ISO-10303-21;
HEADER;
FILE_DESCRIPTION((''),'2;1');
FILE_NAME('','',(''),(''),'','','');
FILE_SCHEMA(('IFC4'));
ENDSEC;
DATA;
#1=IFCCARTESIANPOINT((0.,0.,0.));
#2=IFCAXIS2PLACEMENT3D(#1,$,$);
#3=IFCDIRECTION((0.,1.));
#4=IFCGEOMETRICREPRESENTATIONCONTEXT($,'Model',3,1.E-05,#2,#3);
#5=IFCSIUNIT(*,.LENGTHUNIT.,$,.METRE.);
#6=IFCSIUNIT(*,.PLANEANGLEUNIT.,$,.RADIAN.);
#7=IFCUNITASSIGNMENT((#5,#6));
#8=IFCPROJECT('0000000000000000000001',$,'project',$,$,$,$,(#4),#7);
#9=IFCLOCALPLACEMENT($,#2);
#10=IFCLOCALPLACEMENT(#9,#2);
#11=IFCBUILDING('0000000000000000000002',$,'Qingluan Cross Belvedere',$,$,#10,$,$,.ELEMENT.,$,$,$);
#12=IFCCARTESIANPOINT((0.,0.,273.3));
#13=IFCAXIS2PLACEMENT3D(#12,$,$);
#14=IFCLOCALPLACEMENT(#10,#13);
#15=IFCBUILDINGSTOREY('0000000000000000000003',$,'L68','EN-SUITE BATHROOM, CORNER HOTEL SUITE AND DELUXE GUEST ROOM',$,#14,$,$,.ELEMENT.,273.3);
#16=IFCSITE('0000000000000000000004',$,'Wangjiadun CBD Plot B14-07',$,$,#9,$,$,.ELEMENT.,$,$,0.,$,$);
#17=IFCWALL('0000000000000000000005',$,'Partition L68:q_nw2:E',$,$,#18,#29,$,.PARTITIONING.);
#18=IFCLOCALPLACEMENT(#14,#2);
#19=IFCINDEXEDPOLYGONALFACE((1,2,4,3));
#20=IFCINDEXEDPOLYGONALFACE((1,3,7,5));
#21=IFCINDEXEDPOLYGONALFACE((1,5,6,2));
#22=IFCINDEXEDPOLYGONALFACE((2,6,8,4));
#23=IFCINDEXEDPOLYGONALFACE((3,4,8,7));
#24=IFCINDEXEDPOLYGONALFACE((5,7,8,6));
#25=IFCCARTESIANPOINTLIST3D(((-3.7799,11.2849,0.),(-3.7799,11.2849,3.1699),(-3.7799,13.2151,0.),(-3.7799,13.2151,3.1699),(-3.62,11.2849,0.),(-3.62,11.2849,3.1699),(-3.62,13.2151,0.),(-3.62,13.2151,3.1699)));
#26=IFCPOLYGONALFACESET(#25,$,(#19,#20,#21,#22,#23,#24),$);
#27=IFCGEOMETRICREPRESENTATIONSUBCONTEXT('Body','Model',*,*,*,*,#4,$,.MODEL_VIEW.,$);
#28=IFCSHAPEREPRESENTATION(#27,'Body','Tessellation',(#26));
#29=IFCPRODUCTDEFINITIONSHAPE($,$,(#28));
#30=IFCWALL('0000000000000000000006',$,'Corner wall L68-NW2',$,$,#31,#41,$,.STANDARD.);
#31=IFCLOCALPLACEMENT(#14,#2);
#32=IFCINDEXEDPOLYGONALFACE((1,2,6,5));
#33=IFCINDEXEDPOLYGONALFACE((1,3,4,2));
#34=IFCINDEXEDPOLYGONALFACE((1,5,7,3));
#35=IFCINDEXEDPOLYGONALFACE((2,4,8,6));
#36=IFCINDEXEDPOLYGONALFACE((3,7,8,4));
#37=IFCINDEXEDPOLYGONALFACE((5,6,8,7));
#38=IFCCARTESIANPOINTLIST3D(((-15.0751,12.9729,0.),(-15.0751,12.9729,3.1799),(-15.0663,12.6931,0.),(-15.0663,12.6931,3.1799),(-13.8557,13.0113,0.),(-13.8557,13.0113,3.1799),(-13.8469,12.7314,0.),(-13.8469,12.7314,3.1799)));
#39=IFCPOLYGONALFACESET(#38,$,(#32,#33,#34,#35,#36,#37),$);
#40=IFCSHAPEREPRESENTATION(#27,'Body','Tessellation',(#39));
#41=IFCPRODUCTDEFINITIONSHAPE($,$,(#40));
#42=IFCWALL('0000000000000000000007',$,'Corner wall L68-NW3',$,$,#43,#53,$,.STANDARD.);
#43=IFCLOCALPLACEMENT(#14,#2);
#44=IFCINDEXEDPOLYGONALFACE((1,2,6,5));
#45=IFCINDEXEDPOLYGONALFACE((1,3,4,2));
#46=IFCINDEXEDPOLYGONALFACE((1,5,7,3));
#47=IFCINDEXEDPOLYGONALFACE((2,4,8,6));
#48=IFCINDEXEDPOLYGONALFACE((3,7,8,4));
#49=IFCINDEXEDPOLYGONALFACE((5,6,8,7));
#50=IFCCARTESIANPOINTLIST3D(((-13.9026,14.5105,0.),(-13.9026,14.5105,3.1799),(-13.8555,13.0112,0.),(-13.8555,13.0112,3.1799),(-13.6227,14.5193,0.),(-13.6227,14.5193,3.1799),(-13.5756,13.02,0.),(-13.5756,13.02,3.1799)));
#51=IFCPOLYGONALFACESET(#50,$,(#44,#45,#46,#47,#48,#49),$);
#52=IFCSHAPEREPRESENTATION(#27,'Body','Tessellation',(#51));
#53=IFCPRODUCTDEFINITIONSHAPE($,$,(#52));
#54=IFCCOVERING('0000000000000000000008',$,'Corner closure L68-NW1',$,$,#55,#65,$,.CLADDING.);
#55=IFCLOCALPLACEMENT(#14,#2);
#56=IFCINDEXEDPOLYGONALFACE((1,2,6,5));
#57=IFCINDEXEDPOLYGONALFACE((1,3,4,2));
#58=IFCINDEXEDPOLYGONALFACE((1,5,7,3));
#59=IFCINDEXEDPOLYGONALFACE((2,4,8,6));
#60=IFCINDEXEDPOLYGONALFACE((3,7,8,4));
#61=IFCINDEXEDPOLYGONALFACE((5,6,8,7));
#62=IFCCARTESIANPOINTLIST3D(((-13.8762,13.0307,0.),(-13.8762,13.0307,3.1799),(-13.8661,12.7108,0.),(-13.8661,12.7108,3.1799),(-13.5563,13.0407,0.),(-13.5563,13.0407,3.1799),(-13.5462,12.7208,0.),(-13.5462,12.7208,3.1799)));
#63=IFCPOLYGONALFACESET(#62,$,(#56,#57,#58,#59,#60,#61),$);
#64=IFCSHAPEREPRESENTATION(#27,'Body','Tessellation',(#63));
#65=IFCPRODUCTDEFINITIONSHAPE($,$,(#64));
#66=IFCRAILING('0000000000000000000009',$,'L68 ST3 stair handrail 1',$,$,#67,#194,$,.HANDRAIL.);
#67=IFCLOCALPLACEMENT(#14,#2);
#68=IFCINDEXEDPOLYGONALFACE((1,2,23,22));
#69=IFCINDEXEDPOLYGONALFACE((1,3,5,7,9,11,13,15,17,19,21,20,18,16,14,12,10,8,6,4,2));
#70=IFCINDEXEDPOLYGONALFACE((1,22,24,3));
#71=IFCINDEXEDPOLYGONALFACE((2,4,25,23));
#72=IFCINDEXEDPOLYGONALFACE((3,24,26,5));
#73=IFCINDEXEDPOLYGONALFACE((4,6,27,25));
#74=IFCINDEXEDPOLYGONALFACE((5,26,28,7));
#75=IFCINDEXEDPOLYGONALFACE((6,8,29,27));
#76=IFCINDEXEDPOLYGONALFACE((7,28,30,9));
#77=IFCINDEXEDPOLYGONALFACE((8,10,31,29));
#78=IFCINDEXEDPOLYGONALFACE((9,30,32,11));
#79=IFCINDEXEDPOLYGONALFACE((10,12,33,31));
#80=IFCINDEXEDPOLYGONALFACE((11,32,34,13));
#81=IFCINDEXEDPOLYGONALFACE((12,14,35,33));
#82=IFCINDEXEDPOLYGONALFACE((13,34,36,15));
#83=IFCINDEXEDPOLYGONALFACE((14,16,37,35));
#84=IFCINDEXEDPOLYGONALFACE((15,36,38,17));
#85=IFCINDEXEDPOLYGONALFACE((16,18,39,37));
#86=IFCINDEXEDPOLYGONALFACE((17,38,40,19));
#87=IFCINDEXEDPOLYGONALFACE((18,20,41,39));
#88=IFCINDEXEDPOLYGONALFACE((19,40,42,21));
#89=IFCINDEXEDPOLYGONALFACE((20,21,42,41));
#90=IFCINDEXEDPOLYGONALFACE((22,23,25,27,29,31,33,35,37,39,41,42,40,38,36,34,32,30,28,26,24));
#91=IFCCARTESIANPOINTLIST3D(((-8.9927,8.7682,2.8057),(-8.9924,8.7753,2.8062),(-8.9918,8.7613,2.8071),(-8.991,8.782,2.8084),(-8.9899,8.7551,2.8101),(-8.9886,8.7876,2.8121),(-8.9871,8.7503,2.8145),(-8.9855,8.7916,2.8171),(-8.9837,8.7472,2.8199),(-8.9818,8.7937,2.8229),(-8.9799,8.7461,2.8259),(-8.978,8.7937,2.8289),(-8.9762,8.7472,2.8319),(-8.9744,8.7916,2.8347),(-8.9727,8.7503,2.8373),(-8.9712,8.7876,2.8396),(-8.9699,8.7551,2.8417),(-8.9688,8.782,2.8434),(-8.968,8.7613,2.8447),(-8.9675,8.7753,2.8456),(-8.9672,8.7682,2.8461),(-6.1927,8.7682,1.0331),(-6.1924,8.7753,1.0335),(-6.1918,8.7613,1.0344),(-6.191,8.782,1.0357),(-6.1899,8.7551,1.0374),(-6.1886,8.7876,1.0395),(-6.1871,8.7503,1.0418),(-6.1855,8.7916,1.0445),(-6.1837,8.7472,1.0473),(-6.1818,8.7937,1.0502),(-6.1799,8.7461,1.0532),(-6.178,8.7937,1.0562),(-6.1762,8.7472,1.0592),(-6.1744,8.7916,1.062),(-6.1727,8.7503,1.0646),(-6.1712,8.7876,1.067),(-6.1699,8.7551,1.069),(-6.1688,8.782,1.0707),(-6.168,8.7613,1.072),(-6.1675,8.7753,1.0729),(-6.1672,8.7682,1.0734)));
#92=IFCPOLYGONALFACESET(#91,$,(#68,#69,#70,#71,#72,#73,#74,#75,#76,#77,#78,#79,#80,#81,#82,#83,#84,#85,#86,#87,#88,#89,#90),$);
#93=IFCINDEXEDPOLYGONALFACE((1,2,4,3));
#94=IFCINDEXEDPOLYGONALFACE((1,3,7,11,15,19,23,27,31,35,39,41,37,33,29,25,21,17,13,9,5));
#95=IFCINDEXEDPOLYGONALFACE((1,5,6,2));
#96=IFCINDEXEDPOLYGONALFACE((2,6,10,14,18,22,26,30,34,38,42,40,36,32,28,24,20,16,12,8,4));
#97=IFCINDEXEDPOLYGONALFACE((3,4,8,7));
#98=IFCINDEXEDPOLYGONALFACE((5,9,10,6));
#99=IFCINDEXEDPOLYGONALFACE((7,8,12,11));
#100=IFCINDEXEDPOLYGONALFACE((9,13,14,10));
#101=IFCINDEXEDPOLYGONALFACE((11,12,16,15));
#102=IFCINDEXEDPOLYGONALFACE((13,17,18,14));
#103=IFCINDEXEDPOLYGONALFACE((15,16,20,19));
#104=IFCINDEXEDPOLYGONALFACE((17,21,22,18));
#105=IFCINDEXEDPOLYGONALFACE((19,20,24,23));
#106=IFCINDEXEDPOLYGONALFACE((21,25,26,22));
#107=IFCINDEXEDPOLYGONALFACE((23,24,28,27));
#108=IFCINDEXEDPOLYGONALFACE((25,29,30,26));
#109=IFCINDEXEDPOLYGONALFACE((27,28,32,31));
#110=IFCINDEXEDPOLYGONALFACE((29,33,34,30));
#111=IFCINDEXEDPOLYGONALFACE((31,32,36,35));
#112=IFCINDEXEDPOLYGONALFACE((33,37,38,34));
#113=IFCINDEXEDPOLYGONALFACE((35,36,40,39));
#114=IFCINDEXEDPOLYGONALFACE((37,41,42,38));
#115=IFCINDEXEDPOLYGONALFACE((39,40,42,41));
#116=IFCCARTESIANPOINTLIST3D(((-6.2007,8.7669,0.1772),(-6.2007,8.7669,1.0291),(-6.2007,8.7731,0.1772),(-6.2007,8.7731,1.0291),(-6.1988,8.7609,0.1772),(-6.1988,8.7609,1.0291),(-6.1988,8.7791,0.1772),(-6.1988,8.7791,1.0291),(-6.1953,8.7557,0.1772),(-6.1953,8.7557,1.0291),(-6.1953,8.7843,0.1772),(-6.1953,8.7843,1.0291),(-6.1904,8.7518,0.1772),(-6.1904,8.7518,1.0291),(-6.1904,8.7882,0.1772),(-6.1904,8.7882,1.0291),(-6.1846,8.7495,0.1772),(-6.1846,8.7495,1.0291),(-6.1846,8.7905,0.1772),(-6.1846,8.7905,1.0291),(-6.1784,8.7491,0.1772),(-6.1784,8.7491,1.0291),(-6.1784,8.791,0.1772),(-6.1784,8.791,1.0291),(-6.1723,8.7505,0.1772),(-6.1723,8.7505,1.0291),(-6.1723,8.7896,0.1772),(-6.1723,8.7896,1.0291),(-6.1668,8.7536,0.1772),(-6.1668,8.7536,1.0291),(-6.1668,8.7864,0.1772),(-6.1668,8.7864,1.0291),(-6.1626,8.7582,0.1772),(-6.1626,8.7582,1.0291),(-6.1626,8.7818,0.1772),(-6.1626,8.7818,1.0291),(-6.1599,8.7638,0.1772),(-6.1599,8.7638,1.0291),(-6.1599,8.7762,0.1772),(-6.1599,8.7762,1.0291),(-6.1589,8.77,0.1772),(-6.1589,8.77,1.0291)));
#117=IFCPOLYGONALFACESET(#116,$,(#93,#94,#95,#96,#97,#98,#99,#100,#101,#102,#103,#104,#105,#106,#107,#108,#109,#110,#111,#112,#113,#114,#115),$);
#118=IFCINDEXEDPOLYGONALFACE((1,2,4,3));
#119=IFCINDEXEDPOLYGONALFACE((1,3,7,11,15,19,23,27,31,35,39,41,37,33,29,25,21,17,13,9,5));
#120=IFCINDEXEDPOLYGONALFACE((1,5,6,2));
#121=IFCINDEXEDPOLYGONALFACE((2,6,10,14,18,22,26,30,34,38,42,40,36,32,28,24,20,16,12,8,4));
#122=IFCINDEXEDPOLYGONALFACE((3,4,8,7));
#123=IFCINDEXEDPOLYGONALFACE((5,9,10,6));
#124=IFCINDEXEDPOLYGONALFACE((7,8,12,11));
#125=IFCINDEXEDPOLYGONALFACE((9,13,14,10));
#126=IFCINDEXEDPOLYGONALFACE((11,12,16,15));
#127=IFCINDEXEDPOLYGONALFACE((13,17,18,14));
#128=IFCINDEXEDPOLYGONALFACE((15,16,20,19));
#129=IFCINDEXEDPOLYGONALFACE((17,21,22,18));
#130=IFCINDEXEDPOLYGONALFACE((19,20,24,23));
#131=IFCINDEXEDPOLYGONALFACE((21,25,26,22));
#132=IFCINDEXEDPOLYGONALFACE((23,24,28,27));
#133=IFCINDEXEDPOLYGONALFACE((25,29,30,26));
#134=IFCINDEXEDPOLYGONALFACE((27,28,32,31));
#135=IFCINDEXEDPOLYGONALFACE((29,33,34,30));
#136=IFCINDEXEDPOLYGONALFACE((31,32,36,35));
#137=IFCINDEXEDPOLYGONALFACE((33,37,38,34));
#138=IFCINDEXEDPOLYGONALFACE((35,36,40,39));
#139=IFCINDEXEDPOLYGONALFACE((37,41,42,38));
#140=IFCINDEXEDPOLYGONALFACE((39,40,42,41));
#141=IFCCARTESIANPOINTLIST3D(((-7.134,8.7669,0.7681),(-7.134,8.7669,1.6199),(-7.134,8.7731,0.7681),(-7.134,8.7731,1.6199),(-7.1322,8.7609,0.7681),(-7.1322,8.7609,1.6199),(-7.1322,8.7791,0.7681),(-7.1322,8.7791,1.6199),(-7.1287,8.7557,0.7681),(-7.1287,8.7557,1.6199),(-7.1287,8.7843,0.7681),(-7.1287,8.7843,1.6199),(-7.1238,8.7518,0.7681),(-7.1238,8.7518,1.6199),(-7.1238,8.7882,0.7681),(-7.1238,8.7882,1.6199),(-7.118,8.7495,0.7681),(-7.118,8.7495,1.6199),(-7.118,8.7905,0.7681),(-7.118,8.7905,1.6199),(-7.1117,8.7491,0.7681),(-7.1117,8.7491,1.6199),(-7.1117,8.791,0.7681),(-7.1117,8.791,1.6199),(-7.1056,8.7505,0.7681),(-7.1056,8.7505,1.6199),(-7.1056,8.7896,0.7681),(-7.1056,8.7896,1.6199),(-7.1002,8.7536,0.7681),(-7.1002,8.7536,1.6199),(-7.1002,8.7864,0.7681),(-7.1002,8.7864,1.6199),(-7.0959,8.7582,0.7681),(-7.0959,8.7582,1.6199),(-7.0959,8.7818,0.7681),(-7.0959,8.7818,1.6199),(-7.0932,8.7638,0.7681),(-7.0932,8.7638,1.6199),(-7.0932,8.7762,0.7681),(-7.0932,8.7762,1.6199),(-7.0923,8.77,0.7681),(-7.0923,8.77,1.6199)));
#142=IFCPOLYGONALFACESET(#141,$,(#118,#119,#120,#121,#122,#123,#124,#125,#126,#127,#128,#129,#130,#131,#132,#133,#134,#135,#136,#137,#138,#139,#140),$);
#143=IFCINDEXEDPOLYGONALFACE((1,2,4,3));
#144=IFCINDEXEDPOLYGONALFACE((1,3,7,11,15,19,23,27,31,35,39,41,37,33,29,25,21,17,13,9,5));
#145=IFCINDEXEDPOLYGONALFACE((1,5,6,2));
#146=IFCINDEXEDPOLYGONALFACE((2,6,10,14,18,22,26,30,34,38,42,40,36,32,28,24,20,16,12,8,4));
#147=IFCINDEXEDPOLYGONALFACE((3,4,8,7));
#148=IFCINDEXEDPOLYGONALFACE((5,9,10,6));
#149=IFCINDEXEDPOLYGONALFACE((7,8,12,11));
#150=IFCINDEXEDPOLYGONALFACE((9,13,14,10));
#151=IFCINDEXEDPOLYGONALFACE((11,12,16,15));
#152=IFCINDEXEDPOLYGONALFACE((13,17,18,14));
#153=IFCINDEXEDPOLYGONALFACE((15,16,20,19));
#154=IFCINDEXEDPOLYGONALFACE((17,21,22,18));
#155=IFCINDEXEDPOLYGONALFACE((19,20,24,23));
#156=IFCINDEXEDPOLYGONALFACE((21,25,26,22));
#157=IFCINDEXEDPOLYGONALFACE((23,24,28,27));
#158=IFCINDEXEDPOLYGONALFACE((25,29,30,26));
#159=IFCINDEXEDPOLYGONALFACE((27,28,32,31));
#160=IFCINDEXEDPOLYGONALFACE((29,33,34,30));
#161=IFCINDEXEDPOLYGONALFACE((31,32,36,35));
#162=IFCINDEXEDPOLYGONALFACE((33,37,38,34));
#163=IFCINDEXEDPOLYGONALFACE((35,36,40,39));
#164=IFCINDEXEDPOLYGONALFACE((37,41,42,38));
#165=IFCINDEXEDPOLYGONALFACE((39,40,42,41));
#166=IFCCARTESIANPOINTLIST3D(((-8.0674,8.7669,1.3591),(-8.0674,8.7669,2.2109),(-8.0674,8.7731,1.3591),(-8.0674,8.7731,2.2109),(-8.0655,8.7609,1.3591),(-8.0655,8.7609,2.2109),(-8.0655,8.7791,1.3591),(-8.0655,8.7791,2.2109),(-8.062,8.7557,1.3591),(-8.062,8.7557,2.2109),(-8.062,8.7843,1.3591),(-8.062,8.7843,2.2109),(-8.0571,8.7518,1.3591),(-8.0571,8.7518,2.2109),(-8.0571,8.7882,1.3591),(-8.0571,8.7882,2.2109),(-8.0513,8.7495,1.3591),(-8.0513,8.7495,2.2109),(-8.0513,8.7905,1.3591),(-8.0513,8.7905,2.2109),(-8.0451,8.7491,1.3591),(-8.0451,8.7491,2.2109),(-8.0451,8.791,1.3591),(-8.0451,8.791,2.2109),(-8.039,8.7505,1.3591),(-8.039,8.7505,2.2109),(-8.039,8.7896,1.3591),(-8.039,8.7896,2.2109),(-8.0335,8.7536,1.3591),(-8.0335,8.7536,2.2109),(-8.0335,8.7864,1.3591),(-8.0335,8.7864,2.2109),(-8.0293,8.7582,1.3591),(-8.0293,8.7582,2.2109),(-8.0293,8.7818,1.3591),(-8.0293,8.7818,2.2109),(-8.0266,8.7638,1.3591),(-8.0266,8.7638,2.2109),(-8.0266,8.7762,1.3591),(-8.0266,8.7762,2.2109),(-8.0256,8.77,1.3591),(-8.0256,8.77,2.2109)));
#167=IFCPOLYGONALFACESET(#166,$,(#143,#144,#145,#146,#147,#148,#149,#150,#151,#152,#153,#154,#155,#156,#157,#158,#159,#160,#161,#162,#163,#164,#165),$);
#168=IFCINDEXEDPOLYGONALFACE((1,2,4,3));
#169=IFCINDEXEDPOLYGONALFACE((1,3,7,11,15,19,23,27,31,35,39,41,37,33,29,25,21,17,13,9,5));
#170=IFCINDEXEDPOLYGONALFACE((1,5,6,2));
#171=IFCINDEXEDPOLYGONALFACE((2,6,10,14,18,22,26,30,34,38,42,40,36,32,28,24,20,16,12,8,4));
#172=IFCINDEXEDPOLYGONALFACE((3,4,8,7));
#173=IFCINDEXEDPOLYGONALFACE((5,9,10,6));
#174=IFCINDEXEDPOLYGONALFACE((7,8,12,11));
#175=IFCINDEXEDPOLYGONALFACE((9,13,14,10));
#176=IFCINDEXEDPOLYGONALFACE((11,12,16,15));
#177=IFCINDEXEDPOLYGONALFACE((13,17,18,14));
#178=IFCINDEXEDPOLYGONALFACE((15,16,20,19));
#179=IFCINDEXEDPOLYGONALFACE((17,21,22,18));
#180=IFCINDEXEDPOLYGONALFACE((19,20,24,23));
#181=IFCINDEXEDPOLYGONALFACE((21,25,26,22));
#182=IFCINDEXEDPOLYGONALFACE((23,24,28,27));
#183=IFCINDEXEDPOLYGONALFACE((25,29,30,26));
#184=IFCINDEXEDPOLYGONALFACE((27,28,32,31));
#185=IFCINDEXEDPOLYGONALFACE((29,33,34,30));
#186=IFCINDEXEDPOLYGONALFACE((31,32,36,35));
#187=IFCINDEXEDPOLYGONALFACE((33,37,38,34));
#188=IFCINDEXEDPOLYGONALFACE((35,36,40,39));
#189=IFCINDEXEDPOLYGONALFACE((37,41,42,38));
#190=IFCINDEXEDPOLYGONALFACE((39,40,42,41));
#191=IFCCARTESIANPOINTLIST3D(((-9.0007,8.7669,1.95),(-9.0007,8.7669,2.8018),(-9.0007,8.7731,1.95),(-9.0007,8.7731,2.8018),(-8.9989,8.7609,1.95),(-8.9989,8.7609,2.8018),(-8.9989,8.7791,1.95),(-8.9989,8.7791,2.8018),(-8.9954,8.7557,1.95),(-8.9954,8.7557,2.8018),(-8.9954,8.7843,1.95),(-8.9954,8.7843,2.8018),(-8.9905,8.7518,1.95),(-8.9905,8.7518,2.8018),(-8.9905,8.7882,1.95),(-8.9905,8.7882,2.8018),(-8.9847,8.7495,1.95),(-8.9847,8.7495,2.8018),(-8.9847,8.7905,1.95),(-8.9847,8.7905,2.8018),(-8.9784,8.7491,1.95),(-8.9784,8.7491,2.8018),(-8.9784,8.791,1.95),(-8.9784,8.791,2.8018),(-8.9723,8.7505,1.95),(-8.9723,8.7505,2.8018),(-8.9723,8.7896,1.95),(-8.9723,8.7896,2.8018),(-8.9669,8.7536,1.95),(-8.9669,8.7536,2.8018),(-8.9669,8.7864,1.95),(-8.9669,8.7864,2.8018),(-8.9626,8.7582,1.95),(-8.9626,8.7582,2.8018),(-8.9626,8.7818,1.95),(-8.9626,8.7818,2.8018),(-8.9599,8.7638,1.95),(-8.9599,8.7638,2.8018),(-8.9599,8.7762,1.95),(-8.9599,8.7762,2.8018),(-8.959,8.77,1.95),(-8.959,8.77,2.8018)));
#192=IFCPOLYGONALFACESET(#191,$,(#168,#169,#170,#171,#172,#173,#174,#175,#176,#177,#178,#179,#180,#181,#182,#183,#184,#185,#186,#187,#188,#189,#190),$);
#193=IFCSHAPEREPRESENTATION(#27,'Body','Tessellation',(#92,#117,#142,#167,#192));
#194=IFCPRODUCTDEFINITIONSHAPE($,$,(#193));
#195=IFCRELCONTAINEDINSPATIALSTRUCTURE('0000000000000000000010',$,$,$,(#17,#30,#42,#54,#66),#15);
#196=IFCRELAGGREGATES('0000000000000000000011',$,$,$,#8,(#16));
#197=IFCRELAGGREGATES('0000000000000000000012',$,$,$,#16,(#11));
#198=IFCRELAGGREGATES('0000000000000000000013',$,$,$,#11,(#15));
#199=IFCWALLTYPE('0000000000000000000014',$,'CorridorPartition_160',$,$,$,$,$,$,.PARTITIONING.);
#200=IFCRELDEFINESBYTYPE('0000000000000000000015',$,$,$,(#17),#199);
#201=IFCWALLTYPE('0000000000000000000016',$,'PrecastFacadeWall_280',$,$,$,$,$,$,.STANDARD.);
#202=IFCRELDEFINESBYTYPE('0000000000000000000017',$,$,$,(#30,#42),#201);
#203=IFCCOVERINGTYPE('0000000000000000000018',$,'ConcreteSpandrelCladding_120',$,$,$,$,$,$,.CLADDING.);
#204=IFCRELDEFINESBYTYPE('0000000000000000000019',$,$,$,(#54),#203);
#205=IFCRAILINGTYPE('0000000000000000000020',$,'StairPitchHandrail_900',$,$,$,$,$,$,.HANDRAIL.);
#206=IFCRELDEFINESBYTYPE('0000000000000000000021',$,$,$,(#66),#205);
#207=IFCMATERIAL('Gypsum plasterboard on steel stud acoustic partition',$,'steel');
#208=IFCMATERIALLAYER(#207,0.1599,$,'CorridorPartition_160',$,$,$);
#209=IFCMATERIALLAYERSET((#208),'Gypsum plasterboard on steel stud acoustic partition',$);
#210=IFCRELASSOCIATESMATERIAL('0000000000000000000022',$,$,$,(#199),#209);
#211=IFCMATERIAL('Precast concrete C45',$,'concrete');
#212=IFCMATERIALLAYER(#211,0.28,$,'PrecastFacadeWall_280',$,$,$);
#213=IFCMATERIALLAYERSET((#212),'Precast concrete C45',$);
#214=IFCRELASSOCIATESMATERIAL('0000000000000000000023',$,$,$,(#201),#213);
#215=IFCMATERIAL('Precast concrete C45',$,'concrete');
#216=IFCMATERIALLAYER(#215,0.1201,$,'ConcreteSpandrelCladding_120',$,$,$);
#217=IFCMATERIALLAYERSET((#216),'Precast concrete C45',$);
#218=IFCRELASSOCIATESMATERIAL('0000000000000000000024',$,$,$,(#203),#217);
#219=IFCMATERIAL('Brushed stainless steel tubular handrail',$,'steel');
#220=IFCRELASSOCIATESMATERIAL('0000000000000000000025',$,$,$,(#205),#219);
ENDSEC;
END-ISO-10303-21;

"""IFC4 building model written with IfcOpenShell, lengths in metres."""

from ifc_helpers import new_model, si_unit, direction, frame, frame_2d, origin, origin_2d, place, context, subcontext, project, spatial, rectangle, circle, extrude, material, layer, layer_set, type_object, element, save


model = new_model("IFC4")

# Units and contexts
model_context = context("Model", 3, precision=1e-05, world=origin(), true_north=direction((0.0, 1.0)))
body_context = subcontext(model_context, "Body", "Model", "MODEL_VIEW")
ifc_project = project(units=[si_unit("LENGTHUNIT", "METRE"), si_unit("PLANEANGLEUNIT", "RADIAN")], contexts=[model_context])

# Site, building, storey
site_placement = place(None, origin())
site = spatial("IfcSite", under=ifc_project, at=site_placement, Name="Wangjiadun CBD Plot B14-07", CompositionType="ELEMENT", RefElevation=0.0)
building_placement = place(site_placement, origin())
building = spatial("IfcBuilding", under=site, at=building_placement, Name="Qingluan Cross Belvedere", CompositionType="ELEMENT")
storey_placement = place(building_placement, frame((0.0, 0.0, 273.3)))
storey = spatial("IfcBuildingStorey", under=building, at=storey_placement, Name="L68", Description="EN-SUITE BATHROOM, CORNER HOTEL SUITE AND DELUXE GUEST ROOM", CompositionType="ELEMENT", Elevation=273.3)

# Shared definitions
ifc_material_1 = material(Name="Gypsum plasterboard on steel stud acoustic partition", Category="steel")
ifc_layer_1 = layer(ifc_material_1, 0.1599, Name="CorridorPartition_160")
ifc_layer_set_1 = layer_set([ifc_layer_1], Name="Gypsum plasterboard on steel stud acoustic partition")
wall_type_1 = type_object("IfcWallType", Name="CorridorPartition_160", PredefinedType="PARTITIONING", material=ifc_layer_set_1)

# Walls
wall_1_placement = place(storey_placement, frame((-3.7, 11.2849, 0.0), z_axis=(0.0, 0.0, 1.0), x_axis=(0.0, 1.0, 0.0)))
element("IfcWall", 1, at=wall_1_placement, inside=storey, type_object=wall_type_1, Name="Partition L68:q_nw2:E", PredefinedType="PARTITIONING", context=body_context, shape_type="SweptSolid", body=[
    extrude(rectangle(XDim=1.9302, YDim=0.1599, at=frame_2d((0.9651, 0.0))), origin(), (0.0, 0.0, 1.0), 3.1699),
])
ifc_material_2 = material(Name="Precast concrete C45", Category="concrete")
ifc_layer_2 = layer(ifc_material_2, 0.28, Name="PrecastFacadeWall_280")
ifc_layer_set_2 = layer_set([ifc_layer_2], Name="Precast concrete C45")
wall_type_2 = type_object("IfcWallType", Name="PrecastFacadeWall_280", PredefinedType="STANDARD", material=ifc_layer_set_2)
wall_2_placement = place(storey_placement, frame((-15.0706, 12.833, 0.0), z_axis=(0.0, 0.0, 1.0), x_axis=(0.999506, 0.031416, 0.0)))
element("IfcWall", 2, at=wall_2_placement, inside=storey, type_object=wall_type_2, Name="Corner wall L68-NW2", PredefinedType="STANDARD", context=body_context, shape_type="SweptSolid", body=[
    extrude(rectangle(XDim=1.22, YDim=0.28, at=frame_2d((0.6099, 0.0))), origin(), (0.0, 0.0, 1.0), 3.1799),
])
wall_3_placement = place(storey_placement, frame((-13.7156, 13.0156, 0.0), z_axis=(0.0, 0.0, 1.0), x_axis=(-0.031413, 0.999507, 0.0)))
element("IfcWall", 3, at=wall_3_placement, inside=storey, type_object=wall_type_2, Name="Corner wall L68-NW3", PredefinedType="STANDARD", context=body_context, shape_type="SweptSolid", body=[
    extrude(rectangle(XDim=1.5, YDim=0.28, at=frame_2d((0.75, 0.0))), origin(), (0.0, 0.0, 1.0), 3.1799),
])

# Covering
ifc_material_3 = material(Name="Precast concrete C45", Category="concrete")
ifc_layer_3 = layer(ifc_material_3, 0.1201, Name="ConcreteSpandrelCladding_120")
ifc_layer_set_3 = layer_set([ifc_layer_3], Name="Precast concrete C45")
covering_type = type_object("IfcCoveringType", Name="ConcreteSpandrelCladding_120", PredefinedType="CLADDING", material=ifc_layer_set_3)
covering_placement = place(storey_placement, frame((-13.7112, 12.8757, 0.0), z_axis=(0.0, 0.0, 1.0), x_axis=(0.999507, 0.031411, 0.0)))
element("IfcCovering", 4, at=covering_placement, inside=storey, type_object=covering_type, Name="Corner closure L68-NW1", PredefinedType="CLADDING", context=body_context, shape_type="SweptSolid", body=[
    extrude(rectangle(XDim=0.3201, YDim=0.3201, at=origin_2d()), origin(), (0.0, 0.0, 1.0), 3.1799),
])

# Railing
ifc_material_4 = material(Name="Brushed stainless steel tubular handrail", Category="steel")
railing_type = type_object("IfcRailingType", Name="StairPitchHandrail_900", PredefinedType="HANDRAIL", material=ifc_material_4)
railing_placement = place(storey_placement, frame((-6.1799, 8.77, 0.1772)))
element("IfcRailing", 5, at=railing_placement, inside=storey, type_object=railing_type, Name="L68 ST3 stair handrail 1", PredefinedType="HANDRAIL", context=body_context, shape_type="SweptSolid", body=[
    extrude(circle(Radius=0.0239, at=origin_2d()), frame((0.0, 0.0, 0.876), z_axis=(-0.844909, 0.0, 0.53491), x_axis=(0.0, -1.0, 0.0)), (0.0, 0.0, 1.0), 3.314),
    extrude(circle(Radius=0.021, at=origin_2d()), origin(), (0.0, 0.0, 1.0), 0.8518),
    extrude(circle(Radius=0.021, at=origin_2d()), frame((-0.9333, 0.0, 0.5908)), (0.0, 0.0, 1.0), 0.8518),
    extrude(circle(Radius=0.021, at=origin_2d()), frame((-1.8667, 0.0, 1.1819)), (0.0, 0.0, 1.0), 0.8518),
    extrude(circle(Radius=0.021, at=origin_2d()), frame((-2.8, 0.0, 1.7727)), (0.0, 0.0, 1.0), 0.8518),
])

save(model, "model.ifc")
